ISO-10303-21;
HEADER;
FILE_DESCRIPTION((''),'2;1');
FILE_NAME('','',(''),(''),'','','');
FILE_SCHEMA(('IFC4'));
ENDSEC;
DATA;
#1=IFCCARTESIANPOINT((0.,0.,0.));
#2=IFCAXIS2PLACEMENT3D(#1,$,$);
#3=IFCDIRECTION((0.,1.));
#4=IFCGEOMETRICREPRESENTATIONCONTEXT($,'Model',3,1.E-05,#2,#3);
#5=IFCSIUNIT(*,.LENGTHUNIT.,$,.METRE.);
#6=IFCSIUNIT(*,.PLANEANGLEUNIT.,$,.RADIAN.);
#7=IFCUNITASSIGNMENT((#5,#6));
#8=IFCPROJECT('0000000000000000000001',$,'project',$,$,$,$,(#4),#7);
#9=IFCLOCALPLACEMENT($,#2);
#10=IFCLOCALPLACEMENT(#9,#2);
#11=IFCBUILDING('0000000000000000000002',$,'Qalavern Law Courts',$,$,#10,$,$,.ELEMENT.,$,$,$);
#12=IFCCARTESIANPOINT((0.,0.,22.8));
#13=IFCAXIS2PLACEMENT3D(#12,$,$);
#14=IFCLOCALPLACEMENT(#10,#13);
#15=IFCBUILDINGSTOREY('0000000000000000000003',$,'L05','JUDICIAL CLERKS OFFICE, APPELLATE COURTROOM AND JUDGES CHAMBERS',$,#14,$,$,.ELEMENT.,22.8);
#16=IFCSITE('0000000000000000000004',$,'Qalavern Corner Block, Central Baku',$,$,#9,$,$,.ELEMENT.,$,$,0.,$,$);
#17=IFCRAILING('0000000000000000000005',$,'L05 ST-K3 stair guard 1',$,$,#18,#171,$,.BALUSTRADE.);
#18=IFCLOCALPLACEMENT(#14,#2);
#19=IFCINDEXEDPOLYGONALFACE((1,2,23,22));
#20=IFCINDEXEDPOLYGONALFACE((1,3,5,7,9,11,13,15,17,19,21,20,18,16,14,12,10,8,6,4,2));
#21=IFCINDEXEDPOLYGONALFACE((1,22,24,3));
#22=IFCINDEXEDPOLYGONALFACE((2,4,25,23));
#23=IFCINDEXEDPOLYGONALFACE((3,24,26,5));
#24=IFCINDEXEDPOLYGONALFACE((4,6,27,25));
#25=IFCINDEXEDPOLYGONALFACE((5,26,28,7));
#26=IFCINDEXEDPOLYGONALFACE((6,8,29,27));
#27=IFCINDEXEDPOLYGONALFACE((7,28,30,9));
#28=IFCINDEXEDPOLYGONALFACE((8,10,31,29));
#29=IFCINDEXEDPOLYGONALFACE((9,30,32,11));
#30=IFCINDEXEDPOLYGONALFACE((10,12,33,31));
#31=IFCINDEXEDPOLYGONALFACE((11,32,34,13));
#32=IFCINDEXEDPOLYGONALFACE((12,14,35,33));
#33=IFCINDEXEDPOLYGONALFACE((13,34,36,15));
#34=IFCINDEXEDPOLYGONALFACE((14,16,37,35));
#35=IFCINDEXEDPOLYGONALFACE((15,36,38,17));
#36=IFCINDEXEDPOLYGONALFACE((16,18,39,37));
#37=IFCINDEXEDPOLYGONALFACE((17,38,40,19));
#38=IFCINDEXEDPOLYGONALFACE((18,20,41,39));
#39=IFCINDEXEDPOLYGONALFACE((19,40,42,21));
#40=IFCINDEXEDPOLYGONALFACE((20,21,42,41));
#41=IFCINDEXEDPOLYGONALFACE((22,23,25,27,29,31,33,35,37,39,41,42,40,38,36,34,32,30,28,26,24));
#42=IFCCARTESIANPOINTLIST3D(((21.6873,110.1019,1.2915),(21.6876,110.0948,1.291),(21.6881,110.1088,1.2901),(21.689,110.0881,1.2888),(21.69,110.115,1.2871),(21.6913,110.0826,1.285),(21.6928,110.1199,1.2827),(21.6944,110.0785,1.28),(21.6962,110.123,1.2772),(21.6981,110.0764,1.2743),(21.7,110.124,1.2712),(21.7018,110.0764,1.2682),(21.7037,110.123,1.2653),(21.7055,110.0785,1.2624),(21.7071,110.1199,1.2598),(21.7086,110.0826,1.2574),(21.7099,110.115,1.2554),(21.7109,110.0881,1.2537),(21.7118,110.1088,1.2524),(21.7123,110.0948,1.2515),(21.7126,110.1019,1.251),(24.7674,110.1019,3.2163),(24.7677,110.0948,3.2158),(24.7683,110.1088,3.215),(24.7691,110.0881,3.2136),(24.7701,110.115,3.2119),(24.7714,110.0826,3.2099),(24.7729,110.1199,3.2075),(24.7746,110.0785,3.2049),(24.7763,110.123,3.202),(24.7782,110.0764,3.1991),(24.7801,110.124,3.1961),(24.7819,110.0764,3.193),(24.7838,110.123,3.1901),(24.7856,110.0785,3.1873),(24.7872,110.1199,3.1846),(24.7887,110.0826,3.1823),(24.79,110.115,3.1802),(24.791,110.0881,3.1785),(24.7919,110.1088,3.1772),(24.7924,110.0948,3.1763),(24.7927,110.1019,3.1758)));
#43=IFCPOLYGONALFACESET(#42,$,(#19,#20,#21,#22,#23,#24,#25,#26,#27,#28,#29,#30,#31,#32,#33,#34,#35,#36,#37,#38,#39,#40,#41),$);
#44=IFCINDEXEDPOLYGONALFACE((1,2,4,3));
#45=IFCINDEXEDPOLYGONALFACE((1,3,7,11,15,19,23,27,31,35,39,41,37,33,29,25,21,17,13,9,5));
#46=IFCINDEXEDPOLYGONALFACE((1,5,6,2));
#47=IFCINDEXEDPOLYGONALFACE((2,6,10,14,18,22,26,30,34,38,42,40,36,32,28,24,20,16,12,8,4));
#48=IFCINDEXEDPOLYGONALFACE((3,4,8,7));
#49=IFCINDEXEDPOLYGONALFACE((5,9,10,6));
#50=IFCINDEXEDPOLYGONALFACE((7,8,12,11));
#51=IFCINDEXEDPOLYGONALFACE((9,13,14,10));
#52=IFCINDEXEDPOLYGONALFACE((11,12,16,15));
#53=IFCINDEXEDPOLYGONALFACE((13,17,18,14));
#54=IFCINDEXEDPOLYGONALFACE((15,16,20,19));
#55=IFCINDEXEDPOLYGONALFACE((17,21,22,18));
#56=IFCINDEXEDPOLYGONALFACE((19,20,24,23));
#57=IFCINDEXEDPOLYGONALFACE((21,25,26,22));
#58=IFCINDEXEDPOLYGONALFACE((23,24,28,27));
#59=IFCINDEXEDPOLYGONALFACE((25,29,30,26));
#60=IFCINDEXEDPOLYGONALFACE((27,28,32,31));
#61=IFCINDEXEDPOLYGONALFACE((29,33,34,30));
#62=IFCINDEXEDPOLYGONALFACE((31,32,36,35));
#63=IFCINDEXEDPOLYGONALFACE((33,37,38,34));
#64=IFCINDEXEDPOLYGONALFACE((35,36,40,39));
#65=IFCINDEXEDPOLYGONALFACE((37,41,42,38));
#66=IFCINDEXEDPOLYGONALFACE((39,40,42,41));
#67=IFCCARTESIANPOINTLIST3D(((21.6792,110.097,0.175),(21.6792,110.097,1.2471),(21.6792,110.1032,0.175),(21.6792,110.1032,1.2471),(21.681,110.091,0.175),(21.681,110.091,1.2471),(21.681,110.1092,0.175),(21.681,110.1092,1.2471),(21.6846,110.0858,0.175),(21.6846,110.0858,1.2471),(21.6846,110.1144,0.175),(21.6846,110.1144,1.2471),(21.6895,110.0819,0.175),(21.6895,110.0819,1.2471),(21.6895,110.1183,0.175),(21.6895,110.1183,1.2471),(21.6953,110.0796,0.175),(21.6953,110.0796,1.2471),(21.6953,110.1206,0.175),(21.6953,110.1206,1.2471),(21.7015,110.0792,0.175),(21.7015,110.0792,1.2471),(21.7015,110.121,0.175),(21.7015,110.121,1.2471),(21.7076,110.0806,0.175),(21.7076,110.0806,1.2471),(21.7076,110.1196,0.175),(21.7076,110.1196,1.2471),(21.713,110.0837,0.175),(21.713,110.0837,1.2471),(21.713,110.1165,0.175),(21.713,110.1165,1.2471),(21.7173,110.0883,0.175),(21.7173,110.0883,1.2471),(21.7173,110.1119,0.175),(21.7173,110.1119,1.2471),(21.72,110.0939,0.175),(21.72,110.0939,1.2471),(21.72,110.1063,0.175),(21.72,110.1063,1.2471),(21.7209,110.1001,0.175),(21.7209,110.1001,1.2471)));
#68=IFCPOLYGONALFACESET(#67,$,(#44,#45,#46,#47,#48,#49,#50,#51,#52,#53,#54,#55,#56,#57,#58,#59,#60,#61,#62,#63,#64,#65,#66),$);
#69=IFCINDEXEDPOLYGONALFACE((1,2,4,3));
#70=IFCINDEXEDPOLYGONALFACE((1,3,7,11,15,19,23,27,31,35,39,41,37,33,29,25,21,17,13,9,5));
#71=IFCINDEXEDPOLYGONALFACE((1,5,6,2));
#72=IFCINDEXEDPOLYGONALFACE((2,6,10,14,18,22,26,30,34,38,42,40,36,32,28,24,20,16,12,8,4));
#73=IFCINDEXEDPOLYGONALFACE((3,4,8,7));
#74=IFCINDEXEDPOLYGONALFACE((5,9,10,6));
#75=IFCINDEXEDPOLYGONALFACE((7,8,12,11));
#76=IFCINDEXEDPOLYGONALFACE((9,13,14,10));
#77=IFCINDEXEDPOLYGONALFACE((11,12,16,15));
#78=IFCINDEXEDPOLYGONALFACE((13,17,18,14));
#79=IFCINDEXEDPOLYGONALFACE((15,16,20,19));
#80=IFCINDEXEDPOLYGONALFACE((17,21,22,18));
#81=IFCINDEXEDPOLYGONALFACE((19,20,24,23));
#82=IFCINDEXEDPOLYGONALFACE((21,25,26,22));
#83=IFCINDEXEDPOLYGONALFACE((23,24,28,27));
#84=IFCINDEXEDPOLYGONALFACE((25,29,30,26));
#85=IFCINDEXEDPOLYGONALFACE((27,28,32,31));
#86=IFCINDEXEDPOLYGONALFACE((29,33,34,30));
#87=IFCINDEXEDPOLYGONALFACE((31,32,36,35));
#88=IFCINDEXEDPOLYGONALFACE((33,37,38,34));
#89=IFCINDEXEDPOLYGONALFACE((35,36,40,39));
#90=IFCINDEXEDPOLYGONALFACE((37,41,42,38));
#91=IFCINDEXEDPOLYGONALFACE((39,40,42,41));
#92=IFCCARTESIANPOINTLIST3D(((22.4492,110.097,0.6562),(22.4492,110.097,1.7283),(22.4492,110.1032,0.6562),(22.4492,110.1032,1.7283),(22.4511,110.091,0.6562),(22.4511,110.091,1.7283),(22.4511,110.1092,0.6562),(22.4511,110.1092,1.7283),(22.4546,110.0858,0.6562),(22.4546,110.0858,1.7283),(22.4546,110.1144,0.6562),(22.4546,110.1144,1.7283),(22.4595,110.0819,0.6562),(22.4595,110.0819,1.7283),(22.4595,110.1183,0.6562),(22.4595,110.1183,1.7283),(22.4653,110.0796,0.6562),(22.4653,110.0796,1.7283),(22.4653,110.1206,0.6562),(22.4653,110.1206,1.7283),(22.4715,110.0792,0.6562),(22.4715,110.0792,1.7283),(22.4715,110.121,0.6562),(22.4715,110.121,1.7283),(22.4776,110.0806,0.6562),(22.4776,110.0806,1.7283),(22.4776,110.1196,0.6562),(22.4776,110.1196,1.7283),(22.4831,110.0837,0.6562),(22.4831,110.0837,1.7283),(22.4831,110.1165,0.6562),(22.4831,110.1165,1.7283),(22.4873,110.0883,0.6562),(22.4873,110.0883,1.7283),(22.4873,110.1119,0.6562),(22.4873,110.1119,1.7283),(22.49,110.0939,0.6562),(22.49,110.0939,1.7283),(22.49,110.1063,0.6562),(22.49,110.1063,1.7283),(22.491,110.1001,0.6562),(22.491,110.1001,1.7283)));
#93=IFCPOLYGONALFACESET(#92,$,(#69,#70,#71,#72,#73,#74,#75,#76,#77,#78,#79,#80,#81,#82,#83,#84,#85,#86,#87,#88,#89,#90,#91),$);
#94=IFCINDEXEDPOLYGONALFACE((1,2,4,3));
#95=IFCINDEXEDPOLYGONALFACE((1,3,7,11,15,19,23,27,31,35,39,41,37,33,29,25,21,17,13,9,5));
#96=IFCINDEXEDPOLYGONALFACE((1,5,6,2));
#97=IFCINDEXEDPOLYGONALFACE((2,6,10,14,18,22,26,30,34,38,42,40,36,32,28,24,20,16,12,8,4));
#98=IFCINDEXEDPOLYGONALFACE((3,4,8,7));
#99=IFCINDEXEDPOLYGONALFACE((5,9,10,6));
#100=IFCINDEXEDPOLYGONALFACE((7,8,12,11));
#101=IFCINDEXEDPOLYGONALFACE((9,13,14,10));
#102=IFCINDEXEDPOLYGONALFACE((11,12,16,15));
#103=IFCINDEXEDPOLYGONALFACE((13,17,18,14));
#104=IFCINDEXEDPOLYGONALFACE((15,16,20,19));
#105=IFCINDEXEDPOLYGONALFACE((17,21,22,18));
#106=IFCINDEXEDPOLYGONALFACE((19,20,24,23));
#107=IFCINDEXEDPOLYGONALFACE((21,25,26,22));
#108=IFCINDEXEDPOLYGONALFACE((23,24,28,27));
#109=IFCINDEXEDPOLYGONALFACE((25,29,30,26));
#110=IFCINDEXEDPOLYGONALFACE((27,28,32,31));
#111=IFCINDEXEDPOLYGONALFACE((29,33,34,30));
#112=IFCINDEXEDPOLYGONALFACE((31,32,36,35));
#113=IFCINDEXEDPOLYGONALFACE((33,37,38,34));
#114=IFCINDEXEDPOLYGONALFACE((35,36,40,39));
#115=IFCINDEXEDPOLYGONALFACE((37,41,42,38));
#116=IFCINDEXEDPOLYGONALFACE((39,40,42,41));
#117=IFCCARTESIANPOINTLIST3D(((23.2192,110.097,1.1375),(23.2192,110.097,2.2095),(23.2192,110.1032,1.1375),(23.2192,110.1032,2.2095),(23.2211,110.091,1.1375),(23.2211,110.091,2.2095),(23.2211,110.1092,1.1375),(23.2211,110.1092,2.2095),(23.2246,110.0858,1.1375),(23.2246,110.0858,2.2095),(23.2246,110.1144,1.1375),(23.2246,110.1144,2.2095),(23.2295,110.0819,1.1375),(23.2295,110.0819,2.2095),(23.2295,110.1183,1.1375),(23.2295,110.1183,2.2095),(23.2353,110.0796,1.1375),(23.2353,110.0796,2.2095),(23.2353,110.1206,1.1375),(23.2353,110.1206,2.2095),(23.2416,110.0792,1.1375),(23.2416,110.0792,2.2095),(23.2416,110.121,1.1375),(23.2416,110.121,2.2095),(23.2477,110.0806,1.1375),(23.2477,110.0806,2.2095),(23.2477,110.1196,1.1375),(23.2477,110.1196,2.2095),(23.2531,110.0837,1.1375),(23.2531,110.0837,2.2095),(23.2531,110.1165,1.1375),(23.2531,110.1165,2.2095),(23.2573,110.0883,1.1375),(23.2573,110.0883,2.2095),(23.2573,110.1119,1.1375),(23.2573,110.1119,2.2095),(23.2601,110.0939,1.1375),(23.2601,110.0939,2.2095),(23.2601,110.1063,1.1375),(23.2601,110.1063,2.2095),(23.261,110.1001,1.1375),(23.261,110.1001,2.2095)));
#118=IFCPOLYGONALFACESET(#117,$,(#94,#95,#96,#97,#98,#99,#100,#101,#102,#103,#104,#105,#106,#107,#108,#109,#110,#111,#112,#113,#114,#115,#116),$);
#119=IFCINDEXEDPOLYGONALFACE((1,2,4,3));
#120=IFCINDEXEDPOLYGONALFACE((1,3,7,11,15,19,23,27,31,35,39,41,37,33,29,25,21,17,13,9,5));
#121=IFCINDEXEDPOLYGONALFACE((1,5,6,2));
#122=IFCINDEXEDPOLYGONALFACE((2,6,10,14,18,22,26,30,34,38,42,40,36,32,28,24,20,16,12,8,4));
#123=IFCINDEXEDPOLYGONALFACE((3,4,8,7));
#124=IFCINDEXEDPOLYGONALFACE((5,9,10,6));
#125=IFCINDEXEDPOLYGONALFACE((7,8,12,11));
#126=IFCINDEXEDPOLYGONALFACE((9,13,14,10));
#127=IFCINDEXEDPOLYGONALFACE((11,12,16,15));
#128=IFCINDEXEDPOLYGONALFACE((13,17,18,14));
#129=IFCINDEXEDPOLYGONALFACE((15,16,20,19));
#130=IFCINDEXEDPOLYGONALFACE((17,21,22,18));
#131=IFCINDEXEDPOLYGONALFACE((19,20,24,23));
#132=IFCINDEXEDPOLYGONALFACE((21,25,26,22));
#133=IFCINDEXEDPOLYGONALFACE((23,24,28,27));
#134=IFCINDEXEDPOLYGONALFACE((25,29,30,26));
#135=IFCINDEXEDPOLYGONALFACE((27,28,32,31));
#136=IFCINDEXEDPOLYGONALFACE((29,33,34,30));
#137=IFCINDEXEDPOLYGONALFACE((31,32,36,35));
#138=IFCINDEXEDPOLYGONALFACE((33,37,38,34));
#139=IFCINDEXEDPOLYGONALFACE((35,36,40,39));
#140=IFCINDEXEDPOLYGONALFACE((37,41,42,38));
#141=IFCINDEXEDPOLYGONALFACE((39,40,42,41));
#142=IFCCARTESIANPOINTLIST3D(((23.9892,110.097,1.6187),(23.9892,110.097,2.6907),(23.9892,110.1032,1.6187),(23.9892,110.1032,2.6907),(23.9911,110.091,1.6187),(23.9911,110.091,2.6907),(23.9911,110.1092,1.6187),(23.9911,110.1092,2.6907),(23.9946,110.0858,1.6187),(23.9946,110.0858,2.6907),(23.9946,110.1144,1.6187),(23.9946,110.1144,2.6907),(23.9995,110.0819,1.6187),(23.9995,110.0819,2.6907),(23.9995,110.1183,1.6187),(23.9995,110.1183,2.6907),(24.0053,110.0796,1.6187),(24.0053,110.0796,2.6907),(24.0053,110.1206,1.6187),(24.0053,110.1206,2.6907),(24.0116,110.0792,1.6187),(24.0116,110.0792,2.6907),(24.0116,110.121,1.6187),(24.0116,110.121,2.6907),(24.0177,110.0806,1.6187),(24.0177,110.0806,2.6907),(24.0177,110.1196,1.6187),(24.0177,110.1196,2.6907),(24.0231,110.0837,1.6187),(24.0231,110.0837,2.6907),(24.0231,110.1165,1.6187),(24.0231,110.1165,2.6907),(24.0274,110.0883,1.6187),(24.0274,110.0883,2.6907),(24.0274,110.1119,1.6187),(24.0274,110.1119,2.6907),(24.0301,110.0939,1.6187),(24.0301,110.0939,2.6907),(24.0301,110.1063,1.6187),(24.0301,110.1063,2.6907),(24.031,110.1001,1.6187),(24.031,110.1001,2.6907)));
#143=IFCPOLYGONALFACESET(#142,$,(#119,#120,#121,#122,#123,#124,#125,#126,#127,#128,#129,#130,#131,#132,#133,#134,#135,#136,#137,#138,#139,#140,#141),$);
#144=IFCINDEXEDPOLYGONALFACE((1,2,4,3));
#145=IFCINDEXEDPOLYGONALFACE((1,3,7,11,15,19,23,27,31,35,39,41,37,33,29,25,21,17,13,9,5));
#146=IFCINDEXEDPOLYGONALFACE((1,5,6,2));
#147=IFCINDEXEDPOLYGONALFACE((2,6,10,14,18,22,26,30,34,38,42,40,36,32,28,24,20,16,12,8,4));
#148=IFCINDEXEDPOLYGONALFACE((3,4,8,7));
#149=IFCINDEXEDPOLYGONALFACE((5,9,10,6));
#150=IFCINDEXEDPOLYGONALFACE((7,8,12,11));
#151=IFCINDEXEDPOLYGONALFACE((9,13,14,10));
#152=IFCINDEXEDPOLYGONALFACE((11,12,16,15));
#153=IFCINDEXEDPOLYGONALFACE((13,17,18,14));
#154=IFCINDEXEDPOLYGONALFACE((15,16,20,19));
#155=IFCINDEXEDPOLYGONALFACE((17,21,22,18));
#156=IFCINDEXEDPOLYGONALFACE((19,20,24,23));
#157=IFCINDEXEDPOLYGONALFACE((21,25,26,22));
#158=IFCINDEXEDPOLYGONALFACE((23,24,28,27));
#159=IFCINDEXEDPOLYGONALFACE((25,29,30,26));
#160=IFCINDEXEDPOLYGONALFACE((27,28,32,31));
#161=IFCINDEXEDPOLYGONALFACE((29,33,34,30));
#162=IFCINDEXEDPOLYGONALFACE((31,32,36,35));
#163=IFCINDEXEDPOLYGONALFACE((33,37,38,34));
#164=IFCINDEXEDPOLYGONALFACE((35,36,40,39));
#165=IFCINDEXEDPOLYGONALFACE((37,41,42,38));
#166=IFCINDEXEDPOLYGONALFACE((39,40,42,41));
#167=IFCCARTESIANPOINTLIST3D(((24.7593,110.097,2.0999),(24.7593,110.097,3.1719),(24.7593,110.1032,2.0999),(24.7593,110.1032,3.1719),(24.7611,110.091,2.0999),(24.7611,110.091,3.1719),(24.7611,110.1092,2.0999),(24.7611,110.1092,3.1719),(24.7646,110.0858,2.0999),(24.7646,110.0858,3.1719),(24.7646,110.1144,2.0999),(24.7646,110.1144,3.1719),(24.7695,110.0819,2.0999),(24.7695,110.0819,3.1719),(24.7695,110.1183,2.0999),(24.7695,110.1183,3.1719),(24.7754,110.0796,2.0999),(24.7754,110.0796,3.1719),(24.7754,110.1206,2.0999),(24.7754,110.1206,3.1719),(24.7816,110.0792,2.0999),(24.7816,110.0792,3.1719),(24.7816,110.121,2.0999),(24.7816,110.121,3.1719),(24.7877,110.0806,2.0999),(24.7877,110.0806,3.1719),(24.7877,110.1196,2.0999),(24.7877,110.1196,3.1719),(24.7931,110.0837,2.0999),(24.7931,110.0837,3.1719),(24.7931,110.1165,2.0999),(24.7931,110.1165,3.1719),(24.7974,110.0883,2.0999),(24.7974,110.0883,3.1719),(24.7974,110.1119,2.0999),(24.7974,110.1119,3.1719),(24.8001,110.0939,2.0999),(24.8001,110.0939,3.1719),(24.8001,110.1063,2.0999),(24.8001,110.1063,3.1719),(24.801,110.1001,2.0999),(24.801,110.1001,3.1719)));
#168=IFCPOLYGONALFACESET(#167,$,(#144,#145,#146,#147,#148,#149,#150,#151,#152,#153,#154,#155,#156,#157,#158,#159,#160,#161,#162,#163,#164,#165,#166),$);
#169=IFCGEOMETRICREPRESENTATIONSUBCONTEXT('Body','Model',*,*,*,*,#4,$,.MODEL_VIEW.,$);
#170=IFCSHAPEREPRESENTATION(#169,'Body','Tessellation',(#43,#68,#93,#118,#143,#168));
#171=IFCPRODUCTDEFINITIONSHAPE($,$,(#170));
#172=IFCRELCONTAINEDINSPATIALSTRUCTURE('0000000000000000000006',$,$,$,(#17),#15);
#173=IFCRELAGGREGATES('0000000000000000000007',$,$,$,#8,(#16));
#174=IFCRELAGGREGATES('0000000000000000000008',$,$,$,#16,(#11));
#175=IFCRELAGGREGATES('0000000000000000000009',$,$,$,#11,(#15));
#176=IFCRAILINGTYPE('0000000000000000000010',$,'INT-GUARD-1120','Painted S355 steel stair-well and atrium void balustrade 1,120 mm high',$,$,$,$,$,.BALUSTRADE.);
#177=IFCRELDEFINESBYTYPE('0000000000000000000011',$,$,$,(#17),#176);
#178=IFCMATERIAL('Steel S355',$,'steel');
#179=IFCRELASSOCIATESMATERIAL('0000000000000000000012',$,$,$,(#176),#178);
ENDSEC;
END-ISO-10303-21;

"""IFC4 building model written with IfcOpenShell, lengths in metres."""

from ifc_helpers import new_model, si_unit, direction, frame, origin, origin_2d, place, context, subcontext, project, spatial, circle, extrude, material, type_object, element, save


model = new_model("IFC4")

# Units and contexts
model_context = context("Model", 3, precision=1e-05, world=origin(), true_north=direction((0.0, 1.0)))
body_context = subcontext(model_context, "Body", "Model", "MODEL_VIEW")
ifc_project = project(units=[si_unit("LENGTHUNIT", "METRE"), si_unit("PLANEANGLEUNIT", "RADIAN")], contexts=[model_context])

# Site, building, storey
site_placement = place(None, origin())
site = spatial("IfcSite", under=ifc_project, at=site_placement, Name="Qalavern Corner Block, Central Baku", CompositionType="ELEMENT", RefElevation=0.0)
building_placement = place(site_placement, origin())
building = spatial("IfcBuilding", under=site, at=building_placement, Name="Qalavern Law Courts", CompositionType="ELEMENT")
storey_placement = place(building_placement, frame((0.0, 0.0, 22.8)))
storey = spatial("IfcBuildingStorey", under=building, at=storey_placement, Name="L05", Description="JUDICIAL CLERKS OFFICE, APPELLATE COURTROOM AND JUDGES CHAMBERS", CompositionType="ELEMENT", Elevation=22.8)

# Railing
ifc_material_1 = material(Name="Steel S355", Category="steel")
railing_type_1 = type_object("IfcRailingType", Name="INT-GUARD-1120", Description="Painted S355 steel stair-well and atrium void balustrade 1,120 mm high", PredefinedType="BALUSTRADE", material=ifc_material_1)
railing_1_placement = place(storey_placement, frame((21.7, 110.1001, 0.175)))
element("IfcRailing", 1, at=railing_1_placement, inside=storey, type_object=railing_type_1, Name="L05 ST-K3 stair guard 1", PredefinedType="BALUSTRADE", context=body_context, shape_type="SweptSolid", body=[
    extrude(circle(Radius=0.0239, at=origin_2d()), frame((0.0, 0.0, 1.0962), z_axis=(0.848029, 0.0, 0.529951), x_axis=(0.0, 1.0, 0.0)), (0.0, 0.0, 1.0), 3.6321),
    extrude(circle(Radius=0.021, at=origin_2d()), origin(), (0.0, 0.0, 1.0), 1.072),
    extrude(circle(Radius=0.021, at=origin_2d()), frame((0.77, 0.0, 0.4812)), (0.0, 0.0, 1.0), 1.072),
    extrude(circle(Radius=0.021, at=origin_2d()), frame((1.54, 0.0, 0.9624)), (0.0, 0.0, 1.0), 1.072),
    extrude(circle(Radius=0.021, at=origin_2d()), frame((2.3101, 0.0, 1.4436)), (0.0, 0.0, 1.0), 1.072),
    extrude(circle(Radius=0.021, at=origin_2d()), frame((3.0801, 0.0, 1.9248)), (0.0, 0.0, 1.0), 1.072),
])

save(model, "model.ifc")
